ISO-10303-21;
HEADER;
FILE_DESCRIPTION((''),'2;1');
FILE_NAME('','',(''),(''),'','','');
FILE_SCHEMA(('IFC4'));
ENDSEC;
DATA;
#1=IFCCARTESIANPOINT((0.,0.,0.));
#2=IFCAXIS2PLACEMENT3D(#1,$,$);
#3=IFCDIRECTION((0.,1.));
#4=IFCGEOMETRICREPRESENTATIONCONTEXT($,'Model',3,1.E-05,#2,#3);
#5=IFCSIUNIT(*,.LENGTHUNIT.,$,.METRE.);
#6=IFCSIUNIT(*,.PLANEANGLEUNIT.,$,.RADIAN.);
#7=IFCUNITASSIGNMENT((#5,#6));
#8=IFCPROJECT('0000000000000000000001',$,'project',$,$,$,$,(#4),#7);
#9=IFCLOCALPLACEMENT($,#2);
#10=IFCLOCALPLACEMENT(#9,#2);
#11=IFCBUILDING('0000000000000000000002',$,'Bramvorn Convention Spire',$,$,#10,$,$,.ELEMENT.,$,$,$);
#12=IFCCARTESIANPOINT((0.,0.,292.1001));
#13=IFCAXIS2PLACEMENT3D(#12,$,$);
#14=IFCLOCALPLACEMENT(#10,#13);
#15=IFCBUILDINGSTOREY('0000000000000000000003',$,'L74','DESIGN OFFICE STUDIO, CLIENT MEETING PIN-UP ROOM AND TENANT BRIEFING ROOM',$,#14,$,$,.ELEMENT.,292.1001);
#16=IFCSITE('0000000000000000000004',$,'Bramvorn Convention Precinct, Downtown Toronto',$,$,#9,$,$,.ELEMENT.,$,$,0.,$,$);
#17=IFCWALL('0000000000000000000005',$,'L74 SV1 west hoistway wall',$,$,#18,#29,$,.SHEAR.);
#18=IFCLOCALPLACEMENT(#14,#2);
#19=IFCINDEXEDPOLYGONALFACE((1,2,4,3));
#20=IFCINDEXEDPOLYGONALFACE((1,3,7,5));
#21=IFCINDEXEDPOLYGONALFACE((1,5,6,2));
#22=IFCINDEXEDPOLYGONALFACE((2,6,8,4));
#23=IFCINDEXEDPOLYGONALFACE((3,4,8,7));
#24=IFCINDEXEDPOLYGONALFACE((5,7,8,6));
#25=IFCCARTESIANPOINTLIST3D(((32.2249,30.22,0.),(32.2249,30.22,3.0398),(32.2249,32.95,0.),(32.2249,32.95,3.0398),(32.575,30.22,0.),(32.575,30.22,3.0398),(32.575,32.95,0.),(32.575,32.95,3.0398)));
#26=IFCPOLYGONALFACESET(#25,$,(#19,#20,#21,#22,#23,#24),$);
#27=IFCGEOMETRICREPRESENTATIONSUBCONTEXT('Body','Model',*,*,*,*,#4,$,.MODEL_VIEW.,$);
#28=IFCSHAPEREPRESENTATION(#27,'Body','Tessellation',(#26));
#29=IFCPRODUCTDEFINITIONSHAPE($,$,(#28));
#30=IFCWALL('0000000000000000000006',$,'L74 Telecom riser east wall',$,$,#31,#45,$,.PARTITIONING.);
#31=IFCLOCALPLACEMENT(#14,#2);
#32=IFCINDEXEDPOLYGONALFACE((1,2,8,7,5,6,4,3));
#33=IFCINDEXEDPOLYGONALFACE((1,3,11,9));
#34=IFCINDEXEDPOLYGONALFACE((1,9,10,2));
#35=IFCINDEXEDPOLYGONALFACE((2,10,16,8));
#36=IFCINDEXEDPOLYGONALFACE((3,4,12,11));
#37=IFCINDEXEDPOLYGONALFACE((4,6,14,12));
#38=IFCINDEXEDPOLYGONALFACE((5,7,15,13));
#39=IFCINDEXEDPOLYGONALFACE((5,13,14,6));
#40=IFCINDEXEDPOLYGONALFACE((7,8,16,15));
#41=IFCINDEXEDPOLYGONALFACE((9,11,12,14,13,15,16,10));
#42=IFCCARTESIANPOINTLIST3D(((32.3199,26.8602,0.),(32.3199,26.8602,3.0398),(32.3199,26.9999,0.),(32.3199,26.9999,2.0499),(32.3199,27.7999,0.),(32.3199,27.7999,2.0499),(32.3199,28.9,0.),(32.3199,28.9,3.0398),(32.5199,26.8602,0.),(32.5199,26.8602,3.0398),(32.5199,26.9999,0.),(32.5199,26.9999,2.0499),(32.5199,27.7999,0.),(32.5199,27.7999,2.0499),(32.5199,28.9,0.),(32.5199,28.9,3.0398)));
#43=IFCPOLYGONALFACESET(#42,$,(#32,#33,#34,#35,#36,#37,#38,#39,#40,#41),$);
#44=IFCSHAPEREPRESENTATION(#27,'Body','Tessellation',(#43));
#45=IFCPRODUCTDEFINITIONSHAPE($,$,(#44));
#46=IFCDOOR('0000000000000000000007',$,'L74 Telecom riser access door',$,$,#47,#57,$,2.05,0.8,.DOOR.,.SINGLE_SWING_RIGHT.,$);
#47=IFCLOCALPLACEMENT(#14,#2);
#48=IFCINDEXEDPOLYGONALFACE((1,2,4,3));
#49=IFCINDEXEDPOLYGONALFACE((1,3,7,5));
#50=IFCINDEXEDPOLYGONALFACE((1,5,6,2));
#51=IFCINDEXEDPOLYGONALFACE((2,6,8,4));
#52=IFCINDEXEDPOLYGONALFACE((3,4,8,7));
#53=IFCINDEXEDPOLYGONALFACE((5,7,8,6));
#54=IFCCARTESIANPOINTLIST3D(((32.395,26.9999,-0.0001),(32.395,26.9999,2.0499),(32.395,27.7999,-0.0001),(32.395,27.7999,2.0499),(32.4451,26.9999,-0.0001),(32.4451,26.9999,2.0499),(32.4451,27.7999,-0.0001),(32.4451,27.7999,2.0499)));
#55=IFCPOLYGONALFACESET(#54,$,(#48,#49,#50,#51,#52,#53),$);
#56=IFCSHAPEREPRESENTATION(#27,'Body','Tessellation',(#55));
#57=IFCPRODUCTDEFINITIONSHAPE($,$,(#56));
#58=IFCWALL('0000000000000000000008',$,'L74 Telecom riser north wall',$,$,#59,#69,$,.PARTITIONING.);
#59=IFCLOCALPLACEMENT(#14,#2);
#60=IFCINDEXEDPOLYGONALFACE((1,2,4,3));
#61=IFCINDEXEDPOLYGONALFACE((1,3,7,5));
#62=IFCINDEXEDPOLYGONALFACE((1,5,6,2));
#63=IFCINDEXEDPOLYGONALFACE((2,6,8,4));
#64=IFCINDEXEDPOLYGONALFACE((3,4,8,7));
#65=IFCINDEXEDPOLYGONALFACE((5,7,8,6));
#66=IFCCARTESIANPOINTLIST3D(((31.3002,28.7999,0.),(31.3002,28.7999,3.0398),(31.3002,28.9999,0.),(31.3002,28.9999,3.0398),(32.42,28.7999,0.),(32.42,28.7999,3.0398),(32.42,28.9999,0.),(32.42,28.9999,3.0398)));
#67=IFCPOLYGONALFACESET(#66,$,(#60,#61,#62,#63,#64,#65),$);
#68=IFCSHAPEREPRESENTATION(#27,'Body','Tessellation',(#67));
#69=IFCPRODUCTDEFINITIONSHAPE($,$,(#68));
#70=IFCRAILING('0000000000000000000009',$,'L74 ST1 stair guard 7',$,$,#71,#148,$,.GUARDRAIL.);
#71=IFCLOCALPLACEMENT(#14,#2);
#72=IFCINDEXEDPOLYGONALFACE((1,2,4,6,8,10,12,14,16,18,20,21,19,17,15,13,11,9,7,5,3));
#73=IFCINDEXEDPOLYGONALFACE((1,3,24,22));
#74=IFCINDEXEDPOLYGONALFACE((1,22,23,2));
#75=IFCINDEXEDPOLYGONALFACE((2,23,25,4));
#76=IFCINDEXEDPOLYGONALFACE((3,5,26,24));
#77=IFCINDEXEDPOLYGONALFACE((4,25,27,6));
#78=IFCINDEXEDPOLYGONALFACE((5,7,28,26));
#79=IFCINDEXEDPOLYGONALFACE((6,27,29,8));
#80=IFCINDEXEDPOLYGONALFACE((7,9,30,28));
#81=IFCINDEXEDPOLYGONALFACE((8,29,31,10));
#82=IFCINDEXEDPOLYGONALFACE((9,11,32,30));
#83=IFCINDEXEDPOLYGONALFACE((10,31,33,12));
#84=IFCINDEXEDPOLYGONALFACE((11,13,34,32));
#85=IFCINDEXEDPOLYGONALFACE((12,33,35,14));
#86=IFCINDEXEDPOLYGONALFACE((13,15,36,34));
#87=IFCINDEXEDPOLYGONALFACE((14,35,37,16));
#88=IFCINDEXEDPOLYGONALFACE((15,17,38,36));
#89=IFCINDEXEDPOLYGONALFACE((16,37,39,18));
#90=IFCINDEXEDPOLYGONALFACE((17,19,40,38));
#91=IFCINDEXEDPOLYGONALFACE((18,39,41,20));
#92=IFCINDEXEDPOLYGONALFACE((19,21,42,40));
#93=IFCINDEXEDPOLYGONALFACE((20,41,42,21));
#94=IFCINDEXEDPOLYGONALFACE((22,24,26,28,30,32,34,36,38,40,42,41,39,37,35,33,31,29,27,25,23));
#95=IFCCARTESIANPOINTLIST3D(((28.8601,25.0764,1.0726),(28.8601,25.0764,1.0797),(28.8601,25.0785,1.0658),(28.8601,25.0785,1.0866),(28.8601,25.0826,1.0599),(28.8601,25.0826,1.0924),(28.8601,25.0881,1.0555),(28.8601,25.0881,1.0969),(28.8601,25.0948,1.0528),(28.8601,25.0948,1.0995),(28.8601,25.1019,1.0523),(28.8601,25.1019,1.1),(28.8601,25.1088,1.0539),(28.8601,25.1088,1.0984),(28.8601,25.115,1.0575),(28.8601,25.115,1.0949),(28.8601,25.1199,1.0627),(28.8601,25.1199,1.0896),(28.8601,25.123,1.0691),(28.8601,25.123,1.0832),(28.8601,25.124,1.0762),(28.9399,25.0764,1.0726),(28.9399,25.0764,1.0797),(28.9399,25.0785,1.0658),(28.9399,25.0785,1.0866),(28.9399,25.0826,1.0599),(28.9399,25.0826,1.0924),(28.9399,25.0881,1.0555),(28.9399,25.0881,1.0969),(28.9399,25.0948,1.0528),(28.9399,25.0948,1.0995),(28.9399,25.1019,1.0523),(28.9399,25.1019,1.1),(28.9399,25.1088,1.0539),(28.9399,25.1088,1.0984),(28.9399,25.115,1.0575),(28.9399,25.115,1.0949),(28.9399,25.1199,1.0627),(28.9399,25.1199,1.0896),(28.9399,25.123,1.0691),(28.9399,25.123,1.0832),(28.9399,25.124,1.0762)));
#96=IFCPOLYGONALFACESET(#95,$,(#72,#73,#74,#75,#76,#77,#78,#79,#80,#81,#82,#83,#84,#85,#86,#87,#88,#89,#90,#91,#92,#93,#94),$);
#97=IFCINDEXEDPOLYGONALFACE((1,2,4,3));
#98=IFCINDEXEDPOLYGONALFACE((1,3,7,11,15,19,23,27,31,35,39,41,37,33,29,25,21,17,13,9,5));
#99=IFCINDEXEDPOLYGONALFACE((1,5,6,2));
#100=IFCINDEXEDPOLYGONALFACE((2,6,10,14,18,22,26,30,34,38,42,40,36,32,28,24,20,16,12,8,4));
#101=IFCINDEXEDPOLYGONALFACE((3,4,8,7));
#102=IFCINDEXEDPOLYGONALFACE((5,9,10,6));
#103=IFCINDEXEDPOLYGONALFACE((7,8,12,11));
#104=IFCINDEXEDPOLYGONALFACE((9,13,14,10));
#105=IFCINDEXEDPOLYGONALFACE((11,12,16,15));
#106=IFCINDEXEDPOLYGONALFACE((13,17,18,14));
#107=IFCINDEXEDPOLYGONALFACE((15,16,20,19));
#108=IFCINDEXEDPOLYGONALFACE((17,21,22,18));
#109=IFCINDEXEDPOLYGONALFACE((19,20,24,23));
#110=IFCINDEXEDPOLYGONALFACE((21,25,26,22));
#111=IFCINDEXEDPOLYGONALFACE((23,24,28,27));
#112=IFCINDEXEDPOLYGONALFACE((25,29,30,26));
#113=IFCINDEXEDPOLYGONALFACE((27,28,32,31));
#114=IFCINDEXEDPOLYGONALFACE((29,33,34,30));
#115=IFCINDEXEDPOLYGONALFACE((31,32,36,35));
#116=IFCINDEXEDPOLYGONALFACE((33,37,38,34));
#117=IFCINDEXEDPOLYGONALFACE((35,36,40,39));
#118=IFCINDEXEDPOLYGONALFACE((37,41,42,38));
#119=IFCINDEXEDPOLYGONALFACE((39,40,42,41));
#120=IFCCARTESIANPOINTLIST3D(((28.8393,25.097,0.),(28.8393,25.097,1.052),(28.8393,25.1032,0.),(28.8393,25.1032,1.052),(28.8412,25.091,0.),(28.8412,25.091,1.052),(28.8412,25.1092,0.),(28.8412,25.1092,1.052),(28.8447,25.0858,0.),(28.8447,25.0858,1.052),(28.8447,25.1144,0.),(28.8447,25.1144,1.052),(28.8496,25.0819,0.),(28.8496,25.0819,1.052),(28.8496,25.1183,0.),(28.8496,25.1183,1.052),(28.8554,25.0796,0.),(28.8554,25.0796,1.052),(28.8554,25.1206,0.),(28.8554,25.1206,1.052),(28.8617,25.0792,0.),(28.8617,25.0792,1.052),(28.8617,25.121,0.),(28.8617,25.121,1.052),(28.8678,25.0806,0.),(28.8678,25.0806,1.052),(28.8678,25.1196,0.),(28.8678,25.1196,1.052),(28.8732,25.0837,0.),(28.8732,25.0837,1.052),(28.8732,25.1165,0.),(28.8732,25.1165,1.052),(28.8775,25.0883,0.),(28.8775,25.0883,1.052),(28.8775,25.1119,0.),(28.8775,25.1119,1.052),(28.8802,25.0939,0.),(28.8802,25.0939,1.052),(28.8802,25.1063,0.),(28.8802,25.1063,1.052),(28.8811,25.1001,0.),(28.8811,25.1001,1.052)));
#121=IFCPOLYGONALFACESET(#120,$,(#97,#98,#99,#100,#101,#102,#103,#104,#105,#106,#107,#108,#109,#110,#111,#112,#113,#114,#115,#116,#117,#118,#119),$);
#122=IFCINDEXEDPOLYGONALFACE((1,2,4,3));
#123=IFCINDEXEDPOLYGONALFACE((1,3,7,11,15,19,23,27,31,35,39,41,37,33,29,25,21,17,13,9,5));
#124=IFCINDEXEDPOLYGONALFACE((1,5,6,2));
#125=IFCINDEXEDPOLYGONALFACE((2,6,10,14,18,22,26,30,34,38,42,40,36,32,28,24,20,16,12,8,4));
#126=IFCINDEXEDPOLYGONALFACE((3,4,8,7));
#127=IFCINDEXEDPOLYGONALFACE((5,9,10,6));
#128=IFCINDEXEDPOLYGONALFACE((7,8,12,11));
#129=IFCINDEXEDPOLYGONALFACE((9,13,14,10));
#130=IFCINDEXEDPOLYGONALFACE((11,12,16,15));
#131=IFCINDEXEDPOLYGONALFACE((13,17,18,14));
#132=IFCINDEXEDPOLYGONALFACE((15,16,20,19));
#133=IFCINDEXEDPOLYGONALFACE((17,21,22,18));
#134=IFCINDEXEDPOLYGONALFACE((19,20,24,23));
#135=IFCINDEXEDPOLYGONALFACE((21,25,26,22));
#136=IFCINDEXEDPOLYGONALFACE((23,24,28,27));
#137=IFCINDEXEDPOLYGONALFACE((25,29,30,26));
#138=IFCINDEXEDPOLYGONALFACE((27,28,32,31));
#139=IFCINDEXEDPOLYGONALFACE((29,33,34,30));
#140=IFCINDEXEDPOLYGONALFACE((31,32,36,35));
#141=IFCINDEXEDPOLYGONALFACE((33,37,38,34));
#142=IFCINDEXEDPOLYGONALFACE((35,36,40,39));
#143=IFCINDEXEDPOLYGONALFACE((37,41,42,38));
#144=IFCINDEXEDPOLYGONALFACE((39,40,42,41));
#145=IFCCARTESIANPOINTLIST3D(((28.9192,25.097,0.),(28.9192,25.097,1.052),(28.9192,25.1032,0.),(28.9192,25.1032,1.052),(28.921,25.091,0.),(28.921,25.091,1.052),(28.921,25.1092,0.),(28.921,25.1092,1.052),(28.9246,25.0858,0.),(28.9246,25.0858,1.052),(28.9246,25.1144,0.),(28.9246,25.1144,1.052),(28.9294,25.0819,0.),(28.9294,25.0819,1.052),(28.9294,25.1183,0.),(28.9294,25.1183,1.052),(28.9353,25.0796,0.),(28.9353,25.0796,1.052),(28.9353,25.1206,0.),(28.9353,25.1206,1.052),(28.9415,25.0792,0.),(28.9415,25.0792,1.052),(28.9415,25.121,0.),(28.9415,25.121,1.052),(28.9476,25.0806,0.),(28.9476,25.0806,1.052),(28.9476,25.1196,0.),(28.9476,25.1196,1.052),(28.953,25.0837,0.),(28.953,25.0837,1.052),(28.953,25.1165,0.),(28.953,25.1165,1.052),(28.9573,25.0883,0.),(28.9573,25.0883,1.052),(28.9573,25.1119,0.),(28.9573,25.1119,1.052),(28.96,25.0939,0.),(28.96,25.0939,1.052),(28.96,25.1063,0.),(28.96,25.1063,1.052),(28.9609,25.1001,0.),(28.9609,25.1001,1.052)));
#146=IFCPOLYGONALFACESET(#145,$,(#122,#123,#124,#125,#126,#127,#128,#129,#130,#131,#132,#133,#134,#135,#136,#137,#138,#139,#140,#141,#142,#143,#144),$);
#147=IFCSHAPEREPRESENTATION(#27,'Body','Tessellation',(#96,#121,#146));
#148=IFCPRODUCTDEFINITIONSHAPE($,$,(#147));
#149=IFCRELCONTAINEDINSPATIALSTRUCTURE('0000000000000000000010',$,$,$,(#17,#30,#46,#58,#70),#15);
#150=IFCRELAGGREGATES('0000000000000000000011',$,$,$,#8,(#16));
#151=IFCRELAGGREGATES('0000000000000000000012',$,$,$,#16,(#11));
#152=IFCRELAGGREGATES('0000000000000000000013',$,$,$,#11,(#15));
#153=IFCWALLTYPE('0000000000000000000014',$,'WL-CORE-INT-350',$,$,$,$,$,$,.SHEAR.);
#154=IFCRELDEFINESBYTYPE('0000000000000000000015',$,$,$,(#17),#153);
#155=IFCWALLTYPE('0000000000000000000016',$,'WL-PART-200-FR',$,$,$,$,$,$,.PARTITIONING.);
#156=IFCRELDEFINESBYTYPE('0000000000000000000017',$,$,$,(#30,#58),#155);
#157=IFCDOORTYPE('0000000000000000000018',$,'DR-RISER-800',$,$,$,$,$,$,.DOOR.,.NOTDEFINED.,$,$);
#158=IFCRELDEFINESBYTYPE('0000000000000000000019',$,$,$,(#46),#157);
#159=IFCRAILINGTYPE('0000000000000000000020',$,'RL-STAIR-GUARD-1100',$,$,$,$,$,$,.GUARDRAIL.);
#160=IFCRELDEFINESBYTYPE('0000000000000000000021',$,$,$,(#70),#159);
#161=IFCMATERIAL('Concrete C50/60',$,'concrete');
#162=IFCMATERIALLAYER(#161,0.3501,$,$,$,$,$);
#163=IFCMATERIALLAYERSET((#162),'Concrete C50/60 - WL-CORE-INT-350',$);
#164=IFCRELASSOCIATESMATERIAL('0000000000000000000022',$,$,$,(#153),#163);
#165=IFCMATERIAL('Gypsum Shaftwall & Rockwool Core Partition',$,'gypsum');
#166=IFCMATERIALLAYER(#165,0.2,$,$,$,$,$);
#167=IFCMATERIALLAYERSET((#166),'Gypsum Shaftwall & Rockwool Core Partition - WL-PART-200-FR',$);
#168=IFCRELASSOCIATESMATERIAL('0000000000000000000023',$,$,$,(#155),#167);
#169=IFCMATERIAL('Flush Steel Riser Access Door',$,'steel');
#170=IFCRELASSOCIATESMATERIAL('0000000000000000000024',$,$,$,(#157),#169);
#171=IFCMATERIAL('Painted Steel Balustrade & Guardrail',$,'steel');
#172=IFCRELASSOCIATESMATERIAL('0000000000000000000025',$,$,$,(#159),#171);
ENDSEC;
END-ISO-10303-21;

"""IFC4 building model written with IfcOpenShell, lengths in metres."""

from ifc_helpers import new_model, si_unit, direction, frame, frame_2d, origin, origin_2d, place, context, subcontext, project, spatial, rectangle, circle, extrude, material, layer, layer_set, type_object, element, fill, save


model = new_model("IFC4")

# Units and contexts
model_context = context("Model", 3, precision=1e-05, world=origin(), true_north=direction((0.0, 1.0)))
body_context = subcontext(model_context, "Body", "Model", "MODEL_VIEW")
ifc_project = project(units=[si_unit("LENGTHUNIT", "METRE"), si_unit("PLANEANGLEUNIT", "RADIAN")], contexts=[model_context])

# Site, building, storey
site_placement = place(None, origin())
site = spatial("IfcSite", under=ifc_project, at=site_placement, Name="Bramvorn Convention Precinct, Downtown Toronto", CompositionType="ELEMENT", RefElevation=0.0)
building_placement = place(site_placement, origin())
building = spatial("IfcBuilding", under=site, at=building_placement, Name="Bramvorn Convention Spire", CompositionType="ELEMENT")
storey_placement = place(building_placement, frame((0.0, 0.0, 292.1001)))
storey = spatial("IfcBuildingStorey", under=building, at=storey_placement, Name="L74", Description="DESIGN OFFICE STUDIO, CLIENT MEETING PIN-UP ROOM AND TENANT BRIEFING ROOM", CompositionType="ELEMENT", Elevation=292.1001)

# Shared definitions
ifc_material_1 = material(Name="Concrete C50/60", Category="concrete")
ifc_layer_1 = layer(ifc_material_1, 0.3501)
ifc_layer_set_1 = layer_set([ifc_layer_1], Name="Concrete C50/60 - WL-CORE-INT-350")
wall_type_1 = type_object("IfcWallType", Name="WL-CORE-INT-350", PredefinedType="SHEAR", material=ifc_layer_set_1)

# Wall
wall_1_placement = place(storey_placement, frame((32.3999, 30.22, 0.0), z_axis=(0.0, 0.0, 1.0), x_axis=(0.0, 1.0, 0.0)))
element("IfcWall", 1, at=wall_1_placement, inside=storey, type_object=wall_type_1, Name="L74 SV1 west hoistway wall", PredefinedType="SHEAR", context=body_context, shape_type="SweptSolid", body=[
    extrude(rectangle(XDim=2.73, YDim=0.3501, at=frame_2d((1.365, 0.0))), origin(), (0.0, 0.0, 1.0), 3.0398),
])

# Wall, opening, door
ifc_material_2 = material(Name="Gypsum Shaftwall & Rockwool Core Partition", Category="gypsum")
ifc_layer_2 = layer(ifc_material_2, 0.2)
ifc_layer_set_2 = layer_set([ifc_layer_2], Name="Gypsum Shaftwall & Rockwool Core Partition - WL-PART-200-FR")
wall_type_2 = type_object("IfcWallType", Name="WL-PART-200-FR", PredefinedType="PARTITIONING", material=ifc_layer_set_2)
wall_2_placement = place(storey_placement, frame((32.4199, 26.8601, 0.0), z_axis=(0.0, 0.0, 1.0), x_axis=(0.0, 1.0, 0.0)))
wall_2 = element("IfcWall", 2, at=wall_2_placement, inside=storey, type_object=wall_type_2, Name="L74 Telecom riser east wall", PredefinedType="PARTITIONING", context=body_context, shape_type="SweptSolid", body=[
    extrude(rectangle(XDim=2.0398, YDim=0.2, at=frame_2d((1.02, 0.0))), origin(), (0.0, 0.0, 1.0), 3.0398),
])
opening_1_placement = place(wall_2_placement, frame((0.1399, 0.0, 0.0)))
opening_1 = element("IfcOpeningElement", 3, at=opening_1_placement, cuts=wall_2, PredefinedType="OPENING", context=body_context, shape_type="SweptSolid", body=[
    extrude(rectangle(XDim=0.8, YDim=2.05, at=frame_2d((0.3999, 1.0249))), frame((0.0, 0.1099, 0.0), z_axis=(0.0, -1.0, 0.0), x_axis=(1.0, 0.0, 0.0)), (0.0, 0.0, 1.0), 0.22),
])
ifc_material_3 = material(Name="Flush Steel Riser Access Door", Category="steel")
door_type_1 = type_object("IfcDoorType", Name="DR-RISER-800", OperationType="NOTDEFINED", PredefinedType="DOOR", material=ifc_material_3)
door_1_placement = place(opening_1_placement, origin())
door_1 = element("IfcDoor", 4, at=door_1_placement, inside=storey, type_object=door_type_1, Name="L74 Telecom riser access door", OperationType="SINGLE_SWING_RIGHT", OverallHeight=2.05, OverallWidth=0.8, PredefinedType="DOOR", context=body_context, shape_type="SweptSolid", body=[
    extrude(rectangle(XDim=0.8, YDim=2.05, at=frame_2d((0.3999, 1.0249))), frame((0.0, 0.0249, 0.0), z_axis=(0.0, -1.0, 0.0), x_axis=(1.0, 0.0, 0.0)), (0.0, 0.0, 1.0), 0.05),
])
fill(opening_1, door_1)

# Wall
wall_3_placement = place(storey_placement, frame((31.3, 28.8999, 0.0), z_axis=(0.0, 0.0, 1.0), x_axis=(1.0, 0.0, 0.0)))
element("IfcWall", 5, at=wall_3_placement, inside=storey, type_object=wall_type_2, Name="L74 Telecom riser north wall", PredefinedType="PARTITIONING", context=body_context, shape_type="SweptSolid", body=[
    extrude(rectangle(XDim=1.1199, YDim=0.2, at=frame_2d((0.5601, 0.0))), origin(), (0.0, 0.0, 1.0), 3.0398),
])

# Railing
ifc_material_4 = material(Name="Painted Steel Balustrade & Guardrail", Category="steel")
railing_type = type_object("IfcRailingType", Name="RL-STAIR-GUARD-1100", PredefinedType="GUARDRAIL", material=ifc_material_4)
railing_1_placement = place(storey_placement, frame((28.8601, 25.1001, 0.0)))
element("IfcRailing", 6, at=railing_1_placement, inside=storey, type_object=railing_type, Name="L74 ST1 stair guard 7", PredefinedType="GUARDRAIL", context=body_context, shape_type="SweptSolid", body=[
    extrude(circle(Radius=0.0239, at=origin_2d()), frame((0.0, 0.0, 1.0762), z_axis=(1.0, 0.0, 0.0), x_axis=(0.0, 1.0, 0.0)), (0.0, 0.0, 1.0), 0.0798),
    extrude(circle(Radius=0.021, at=origin_2d()), origin(), (0.0, 0.0, 1.0), 1.052),
    extrude(circle(Radius=0.021, at=origin_2d()), frame((0.0798, 0.0, 0.0)), (0.0, 0.0, 1.0), 1.052),
])

save(model, "model.ifc")
